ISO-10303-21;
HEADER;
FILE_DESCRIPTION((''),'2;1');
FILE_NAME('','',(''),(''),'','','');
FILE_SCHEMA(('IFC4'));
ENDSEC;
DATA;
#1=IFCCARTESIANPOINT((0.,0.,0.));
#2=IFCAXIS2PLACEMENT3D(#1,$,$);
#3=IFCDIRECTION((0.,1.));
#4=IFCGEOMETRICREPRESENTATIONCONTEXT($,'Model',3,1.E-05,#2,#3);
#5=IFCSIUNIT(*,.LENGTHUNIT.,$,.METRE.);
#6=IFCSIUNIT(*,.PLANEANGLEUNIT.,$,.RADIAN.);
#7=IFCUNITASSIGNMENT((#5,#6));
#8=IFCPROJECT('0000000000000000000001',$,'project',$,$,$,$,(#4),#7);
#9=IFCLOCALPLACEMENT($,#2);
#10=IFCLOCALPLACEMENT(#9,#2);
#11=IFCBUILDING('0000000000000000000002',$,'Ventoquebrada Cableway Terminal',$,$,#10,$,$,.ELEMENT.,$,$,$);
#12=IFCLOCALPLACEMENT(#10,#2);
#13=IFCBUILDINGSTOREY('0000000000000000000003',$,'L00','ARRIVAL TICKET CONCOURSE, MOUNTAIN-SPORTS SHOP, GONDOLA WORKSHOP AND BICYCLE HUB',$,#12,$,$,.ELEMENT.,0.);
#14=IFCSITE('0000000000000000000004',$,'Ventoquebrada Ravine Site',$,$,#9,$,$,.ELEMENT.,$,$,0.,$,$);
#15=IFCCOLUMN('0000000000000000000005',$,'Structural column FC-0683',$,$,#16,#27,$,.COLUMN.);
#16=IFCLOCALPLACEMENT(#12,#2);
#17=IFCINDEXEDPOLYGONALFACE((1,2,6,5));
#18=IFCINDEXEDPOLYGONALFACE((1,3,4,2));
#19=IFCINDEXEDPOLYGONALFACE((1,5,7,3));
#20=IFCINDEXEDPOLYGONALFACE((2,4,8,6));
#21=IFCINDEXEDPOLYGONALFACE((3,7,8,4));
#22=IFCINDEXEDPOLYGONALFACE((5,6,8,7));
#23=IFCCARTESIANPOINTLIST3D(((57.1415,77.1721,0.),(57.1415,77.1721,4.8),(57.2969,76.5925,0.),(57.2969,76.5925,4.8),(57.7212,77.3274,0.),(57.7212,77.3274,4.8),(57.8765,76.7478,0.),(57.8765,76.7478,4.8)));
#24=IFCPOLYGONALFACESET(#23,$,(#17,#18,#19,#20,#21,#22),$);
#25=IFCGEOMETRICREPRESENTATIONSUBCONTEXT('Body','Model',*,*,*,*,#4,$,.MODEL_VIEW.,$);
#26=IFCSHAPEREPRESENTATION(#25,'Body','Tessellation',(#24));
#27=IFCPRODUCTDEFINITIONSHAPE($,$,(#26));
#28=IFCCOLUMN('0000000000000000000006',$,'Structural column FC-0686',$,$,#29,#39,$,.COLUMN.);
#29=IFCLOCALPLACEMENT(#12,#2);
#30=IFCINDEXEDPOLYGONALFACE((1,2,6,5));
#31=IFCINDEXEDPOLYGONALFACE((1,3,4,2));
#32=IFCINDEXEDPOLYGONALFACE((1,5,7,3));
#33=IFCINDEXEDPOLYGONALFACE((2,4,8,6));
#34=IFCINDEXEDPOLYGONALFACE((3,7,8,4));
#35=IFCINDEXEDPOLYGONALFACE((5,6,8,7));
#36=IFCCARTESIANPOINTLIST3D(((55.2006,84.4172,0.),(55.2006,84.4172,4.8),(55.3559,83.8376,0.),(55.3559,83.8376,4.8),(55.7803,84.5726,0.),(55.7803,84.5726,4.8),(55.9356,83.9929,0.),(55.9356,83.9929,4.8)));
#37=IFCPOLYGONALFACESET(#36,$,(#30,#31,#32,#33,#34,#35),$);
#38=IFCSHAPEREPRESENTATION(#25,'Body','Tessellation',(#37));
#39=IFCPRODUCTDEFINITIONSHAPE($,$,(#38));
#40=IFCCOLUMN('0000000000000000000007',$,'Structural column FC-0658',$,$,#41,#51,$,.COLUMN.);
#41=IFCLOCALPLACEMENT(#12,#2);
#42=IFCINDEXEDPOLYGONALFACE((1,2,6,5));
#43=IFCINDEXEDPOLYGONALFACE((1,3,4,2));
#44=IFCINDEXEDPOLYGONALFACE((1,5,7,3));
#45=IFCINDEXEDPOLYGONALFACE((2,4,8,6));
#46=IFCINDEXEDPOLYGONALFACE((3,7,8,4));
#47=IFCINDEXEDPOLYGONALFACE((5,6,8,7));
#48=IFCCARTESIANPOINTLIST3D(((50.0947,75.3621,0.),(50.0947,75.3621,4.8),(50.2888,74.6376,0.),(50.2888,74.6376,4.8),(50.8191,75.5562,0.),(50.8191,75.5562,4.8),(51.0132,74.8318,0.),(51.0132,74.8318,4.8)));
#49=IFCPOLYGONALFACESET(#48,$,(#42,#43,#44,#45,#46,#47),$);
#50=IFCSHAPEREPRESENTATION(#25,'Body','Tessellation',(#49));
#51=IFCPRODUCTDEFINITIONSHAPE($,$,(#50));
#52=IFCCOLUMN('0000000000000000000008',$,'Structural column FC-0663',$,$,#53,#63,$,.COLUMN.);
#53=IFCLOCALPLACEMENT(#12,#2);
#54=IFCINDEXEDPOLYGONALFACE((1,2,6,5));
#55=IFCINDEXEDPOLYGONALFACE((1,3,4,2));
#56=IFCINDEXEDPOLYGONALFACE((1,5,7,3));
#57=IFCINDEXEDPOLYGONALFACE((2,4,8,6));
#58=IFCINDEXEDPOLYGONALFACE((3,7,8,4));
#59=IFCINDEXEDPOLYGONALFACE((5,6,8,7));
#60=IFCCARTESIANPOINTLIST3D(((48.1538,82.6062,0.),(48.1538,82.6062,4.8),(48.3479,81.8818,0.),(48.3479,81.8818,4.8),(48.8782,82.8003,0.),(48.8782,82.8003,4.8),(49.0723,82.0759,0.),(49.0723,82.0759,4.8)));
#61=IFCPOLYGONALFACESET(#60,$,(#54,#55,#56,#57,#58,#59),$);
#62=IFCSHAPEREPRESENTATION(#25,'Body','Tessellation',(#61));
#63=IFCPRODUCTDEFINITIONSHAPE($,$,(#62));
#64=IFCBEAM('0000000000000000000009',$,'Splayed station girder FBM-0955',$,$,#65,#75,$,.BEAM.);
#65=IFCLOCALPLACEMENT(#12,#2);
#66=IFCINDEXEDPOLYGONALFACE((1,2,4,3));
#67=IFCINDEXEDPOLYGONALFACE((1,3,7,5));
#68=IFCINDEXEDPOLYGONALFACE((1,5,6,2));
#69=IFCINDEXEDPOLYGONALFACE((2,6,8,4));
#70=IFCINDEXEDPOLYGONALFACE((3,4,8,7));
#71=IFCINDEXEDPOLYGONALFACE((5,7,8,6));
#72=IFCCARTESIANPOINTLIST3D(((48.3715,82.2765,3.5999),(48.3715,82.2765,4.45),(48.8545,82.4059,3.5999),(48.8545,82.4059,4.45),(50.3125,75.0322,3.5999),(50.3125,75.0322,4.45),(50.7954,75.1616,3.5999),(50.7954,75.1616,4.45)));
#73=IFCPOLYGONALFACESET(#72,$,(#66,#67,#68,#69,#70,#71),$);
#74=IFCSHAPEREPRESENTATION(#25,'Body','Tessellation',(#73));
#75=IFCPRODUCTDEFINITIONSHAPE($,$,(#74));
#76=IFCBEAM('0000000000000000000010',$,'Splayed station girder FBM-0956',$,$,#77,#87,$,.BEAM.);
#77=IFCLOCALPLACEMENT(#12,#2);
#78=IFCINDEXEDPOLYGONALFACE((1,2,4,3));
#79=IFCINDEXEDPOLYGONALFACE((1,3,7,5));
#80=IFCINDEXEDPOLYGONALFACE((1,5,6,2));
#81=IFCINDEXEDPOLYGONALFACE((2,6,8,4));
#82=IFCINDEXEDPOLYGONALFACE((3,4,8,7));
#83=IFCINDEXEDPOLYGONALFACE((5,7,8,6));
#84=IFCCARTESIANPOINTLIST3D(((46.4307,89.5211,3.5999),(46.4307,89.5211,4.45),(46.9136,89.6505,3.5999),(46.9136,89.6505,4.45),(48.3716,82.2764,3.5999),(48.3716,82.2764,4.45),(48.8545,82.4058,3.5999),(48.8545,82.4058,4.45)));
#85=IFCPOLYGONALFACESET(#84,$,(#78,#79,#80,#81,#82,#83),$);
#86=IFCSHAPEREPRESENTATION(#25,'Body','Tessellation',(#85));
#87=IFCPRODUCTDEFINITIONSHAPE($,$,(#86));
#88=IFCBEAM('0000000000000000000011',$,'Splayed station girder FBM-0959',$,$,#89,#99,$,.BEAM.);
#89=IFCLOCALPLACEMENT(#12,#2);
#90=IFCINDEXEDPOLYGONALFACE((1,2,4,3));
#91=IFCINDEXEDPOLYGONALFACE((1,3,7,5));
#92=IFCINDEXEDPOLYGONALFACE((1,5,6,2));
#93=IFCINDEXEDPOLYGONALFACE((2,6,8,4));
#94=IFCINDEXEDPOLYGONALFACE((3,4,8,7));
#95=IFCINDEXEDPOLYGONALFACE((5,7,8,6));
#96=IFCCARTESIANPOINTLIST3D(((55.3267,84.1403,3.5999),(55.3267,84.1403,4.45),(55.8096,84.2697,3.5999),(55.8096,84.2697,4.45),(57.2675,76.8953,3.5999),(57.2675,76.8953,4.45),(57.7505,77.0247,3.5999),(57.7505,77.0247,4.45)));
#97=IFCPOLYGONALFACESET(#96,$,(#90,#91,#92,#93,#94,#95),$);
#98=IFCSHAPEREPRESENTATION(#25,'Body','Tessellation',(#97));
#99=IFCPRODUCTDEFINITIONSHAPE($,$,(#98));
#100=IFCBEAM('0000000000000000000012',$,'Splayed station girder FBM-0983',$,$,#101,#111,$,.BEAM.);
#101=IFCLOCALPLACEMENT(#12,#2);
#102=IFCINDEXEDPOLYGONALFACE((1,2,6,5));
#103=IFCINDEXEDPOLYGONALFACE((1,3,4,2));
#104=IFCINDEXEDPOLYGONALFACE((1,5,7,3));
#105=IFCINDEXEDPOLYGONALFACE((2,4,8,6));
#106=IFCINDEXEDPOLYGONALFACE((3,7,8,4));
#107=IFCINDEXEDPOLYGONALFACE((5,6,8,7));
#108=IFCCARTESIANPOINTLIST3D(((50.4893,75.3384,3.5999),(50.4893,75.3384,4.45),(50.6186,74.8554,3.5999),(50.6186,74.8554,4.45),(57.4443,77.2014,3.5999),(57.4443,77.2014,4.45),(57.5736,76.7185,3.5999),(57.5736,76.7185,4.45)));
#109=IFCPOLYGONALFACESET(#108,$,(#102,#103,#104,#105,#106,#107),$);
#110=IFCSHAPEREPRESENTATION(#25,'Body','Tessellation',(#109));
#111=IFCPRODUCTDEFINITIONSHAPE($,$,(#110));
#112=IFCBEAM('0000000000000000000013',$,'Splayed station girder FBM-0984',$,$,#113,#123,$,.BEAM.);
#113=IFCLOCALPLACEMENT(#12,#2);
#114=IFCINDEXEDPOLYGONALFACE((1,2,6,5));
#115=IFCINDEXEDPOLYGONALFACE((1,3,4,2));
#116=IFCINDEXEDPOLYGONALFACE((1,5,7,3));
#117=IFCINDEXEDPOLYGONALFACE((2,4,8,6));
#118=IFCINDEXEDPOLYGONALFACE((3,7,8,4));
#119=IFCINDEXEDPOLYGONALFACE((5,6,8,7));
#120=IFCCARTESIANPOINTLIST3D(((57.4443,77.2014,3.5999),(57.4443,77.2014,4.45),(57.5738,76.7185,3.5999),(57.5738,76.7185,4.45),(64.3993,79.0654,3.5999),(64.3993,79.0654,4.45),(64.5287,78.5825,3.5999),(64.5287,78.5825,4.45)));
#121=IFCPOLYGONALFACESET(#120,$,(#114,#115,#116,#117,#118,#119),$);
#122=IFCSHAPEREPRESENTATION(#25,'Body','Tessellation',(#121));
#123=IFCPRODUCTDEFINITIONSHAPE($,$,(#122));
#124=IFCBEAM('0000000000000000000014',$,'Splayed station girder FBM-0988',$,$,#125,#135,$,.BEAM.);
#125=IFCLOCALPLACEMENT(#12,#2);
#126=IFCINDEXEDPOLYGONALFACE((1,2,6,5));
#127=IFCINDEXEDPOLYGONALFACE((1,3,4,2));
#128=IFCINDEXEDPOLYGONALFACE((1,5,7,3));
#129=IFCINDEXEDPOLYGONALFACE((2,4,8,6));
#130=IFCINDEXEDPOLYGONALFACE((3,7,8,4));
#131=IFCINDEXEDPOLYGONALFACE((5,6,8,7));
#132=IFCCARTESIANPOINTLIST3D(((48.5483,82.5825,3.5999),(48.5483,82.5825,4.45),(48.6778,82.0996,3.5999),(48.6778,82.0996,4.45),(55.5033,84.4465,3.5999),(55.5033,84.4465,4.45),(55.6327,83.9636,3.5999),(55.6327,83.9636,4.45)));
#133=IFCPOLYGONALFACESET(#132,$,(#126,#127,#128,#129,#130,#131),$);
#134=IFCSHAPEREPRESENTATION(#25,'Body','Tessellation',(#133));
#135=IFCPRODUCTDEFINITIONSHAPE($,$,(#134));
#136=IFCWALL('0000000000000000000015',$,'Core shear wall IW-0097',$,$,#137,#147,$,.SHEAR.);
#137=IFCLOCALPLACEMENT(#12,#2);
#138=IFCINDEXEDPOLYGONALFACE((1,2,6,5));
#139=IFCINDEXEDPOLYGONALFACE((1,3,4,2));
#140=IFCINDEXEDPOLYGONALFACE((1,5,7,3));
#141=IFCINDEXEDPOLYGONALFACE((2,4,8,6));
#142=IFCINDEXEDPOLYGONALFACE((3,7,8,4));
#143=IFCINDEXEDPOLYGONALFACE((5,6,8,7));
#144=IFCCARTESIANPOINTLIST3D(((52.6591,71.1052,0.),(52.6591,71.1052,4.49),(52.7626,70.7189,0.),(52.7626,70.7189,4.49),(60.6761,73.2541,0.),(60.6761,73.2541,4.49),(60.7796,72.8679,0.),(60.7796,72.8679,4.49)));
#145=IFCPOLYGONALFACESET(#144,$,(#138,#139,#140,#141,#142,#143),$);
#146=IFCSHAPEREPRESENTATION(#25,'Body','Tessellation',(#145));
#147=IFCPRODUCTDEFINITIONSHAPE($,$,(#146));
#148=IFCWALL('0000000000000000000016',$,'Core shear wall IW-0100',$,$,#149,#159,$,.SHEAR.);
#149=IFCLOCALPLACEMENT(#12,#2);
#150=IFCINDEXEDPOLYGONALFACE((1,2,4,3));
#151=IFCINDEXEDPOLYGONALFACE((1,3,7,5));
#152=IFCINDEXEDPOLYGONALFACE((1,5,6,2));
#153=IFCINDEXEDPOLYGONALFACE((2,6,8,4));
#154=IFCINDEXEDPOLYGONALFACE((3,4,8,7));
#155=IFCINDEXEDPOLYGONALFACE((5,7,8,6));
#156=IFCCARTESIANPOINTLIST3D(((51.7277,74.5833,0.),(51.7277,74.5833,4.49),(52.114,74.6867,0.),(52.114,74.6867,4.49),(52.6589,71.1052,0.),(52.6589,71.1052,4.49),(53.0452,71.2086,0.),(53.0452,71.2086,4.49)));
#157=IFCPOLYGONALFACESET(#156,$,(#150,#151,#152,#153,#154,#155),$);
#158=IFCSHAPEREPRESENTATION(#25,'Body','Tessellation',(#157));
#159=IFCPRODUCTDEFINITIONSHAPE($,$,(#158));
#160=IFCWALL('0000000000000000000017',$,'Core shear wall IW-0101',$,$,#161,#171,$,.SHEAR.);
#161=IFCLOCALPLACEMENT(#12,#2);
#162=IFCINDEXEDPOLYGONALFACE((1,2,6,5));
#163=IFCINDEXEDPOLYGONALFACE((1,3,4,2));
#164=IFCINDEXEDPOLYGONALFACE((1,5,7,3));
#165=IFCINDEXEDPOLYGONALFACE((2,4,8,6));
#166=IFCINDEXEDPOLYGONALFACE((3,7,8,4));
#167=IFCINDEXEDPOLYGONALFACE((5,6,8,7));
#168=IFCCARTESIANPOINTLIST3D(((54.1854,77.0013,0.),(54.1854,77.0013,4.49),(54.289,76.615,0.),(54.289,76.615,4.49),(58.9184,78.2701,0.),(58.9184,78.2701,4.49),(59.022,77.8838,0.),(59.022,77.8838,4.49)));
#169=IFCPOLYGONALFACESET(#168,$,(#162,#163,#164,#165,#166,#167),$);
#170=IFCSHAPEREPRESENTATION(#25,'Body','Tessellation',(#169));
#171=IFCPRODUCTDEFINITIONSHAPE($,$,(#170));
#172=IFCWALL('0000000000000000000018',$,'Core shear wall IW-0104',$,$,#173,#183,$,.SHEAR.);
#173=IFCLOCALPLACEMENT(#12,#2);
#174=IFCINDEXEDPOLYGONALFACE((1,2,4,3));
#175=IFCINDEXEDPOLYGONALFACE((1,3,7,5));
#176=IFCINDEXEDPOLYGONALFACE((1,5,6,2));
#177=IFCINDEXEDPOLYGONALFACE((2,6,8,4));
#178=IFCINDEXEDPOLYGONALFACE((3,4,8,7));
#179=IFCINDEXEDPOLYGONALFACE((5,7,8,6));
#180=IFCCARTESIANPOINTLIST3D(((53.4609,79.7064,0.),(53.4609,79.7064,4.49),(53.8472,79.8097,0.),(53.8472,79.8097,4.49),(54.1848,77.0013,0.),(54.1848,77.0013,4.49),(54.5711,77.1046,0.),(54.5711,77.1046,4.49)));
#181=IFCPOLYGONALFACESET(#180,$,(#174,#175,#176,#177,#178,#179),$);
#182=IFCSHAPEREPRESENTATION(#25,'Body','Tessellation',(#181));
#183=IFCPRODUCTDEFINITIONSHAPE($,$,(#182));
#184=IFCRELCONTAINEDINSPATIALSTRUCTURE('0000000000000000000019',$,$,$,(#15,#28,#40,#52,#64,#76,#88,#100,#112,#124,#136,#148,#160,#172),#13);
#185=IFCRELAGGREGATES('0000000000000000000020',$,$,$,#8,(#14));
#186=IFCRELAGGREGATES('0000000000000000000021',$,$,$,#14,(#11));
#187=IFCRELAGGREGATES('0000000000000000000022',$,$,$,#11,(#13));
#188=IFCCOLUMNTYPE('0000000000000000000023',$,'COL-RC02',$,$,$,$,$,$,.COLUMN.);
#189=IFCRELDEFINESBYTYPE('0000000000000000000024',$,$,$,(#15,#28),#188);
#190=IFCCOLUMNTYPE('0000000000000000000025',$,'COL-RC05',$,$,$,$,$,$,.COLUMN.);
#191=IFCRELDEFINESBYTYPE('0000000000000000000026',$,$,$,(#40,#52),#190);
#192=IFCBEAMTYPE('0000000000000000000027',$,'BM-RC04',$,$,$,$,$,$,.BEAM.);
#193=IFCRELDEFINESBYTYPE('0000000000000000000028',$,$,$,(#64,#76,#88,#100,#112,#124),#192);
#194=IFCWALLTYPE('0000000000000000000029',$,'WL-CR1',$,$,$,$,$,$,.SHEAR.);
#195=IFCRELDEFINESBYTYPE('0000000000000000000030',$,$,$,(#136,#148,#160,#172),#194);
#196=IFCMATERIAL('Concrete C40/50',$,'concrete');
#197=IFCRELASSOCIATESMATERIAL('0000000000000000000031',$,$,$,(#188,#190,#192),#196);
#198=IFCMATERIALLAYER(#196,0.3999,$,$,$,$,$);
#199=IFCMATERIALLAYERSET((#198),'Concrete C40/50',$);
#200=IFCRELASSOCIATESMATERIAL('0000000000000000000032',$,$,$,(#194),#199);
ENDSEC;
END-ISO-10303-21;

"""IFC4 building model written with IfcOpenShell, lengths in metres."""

from ifc_helpers import new_model, si_unit, direction, frame, frame_2d, origin, origin_2d, place, context, subcontext, project, spatial, rectangle, extrude, material, layer, layer_set, material_profile, profile_set, type_object, element, save


model = new_model("IFC4")

# Units and contexts
model_context = context("Model", 3, precision=1e-05, world=origin(), true_north=direction((0.0, 1.0)))
body_context = subcontext(model_context, "Body", "Model", "MODEL_VIEW")
ifc_project = project(units=[si_unit("LENGTHUNIT", "METRE"), si_unit("PLANEANGLEUNIT", "RADIAN")], contexts=[model_context])

# Site, building, storey
site_placement = place(None, origin())
site = spatial("IfcSite", under=ifc_project, at=site_placement, Name="Ventoquebrada Ravine Site", CompositionType="ELEMENT", RefElevation=0.0)
building_placement = place(site_placement, origin())
building = spatial("IfcBuilding", under=site, at=building_placement, Name="Ventoquebrada Cableway Terminal", CompositionType="ELEMENT")
storey_placement = place(building_placement, origin())
storey = spatial("IfcBuildingStorey", under=building, at=storey_placement, Name="L00", Description="ARRIVAL TICKET CONCOURSE, MOUNTAIN-SPORTS SHOP, GONDOLA WORKSHOP AND BICYCLE HUB", CompositionType="ELEMENT", Elevation=0.0)

# Columns
ifc_material_1 = material(Name="Concrete C40/50", Category="concrete")
ifc_material_profile_1 = material_profile(ifc_material_1, rectangle(XDim=0.6001, YDim=0.6001, at=origin_2d()), Name="RC-COL-600X600")
ifc_profile_set_1 = profile_set([ifc_material_profile_1], Name="Concrete C40/50")
column_type_1 = type_object("IfcColumnType", Name="COL-RC02", PredefinedType="COLUMN", material=ifc_profile_set_1)
for number, where, z_axis, x_axis, name in (
    (1, (57.509, 76.96, 0.0), (0.0, 0.0, 1.0), (0.965926, 0.258819, 0.0), "Structural column FC-0683"),
    (2, (55.5681, 84.2051, 0.0), (0.0, 0.0, 1.0), (0.965926, 0.258819, 0.0), "Structural column FC-0686"),
):
    element("IfcColumn", number, at=place(storey_placement, frame(where, z_axis=z_axis, x_axis=x_axis)), inside=storey, type_object=column_type_1, Name=name, PredefinedType="COLUMN", context=body_context, shape_type="SweptSolid", body=[
        extrude(rectangle(XDim=0.6001, YDim=0.6001, at=origin_2d()), origin(), (0.0, 0.0, 1.0), 4.8),
    ])
ifc_material_profile_2 = material_profile(ifc_material_1, rectangle(XDim=0.75, YDim=0.75, at=origin_2d()), Name="RC-COL-750X750")
ifc_profile_set_2 = profile_set([ifc_material_profile_2], Name="Concrete C40/50")
column_type_2 = type_object("IfcColumnType", Name="COL-RC05", PredefinedType="COLUMN", material=ifc_profile_set_2)
for number, where, z_axis, x_axis, name in (
    (3, (50.554, 75.0969, 0.0), (0.0, 0.0, 1.0), (0.965926, 0.258819, 0.0), "Structural column FC-0658"),
    (4, (48.613, 82.3411, 0.0), (0.0, 0.0, 1.0), (0.965926, 0.258819, 0.0), "Structural column FC-0663"),
):
    element("IfcColumn", number, at=place(storey_placement, frame(where, z_axis=z_axis, x_axis=x_axis)), inside=storey, type_object=column_type_2, Name=name, PredefinedType="COLUMN", context=body_context, shape_type="SweptSolid", body=[
        extrude(rectangle(XDim=0.75, YDim=0.75, at=origin_2d()), origin(), (0.0, 0.0, 1.0), 4.8),
    ])

# Beams
ifc_material_profile_3 = material_profile(ifc_material_1, rectangle(XDim=0.5, YDim=0.8501, at=origin_2d()), Name="RC-BM-500X850")
ifc_profile_set_3 = profile_set([ifc_material_profile_3], Name="Concrete C40/50")
beam_type = type_object("IfcBeamType", Name="BM-RC04", PredefinedType="BEAM", material=ifc_profile_set_3)
beam_1_placement = place(storey_placement, frame((50.554, 75.0969, 4.0249), z_axis=(-0.258801, 0.965931, 0.0), x_axis=(-0.965931, -0.258801, 0.0)))
element("IfcBeam", 5, at=beam_1_placement, inside=storey, type_object=beam_type, Name="Splayed station girder FBM-0955", PredefinedType="BEAM", context=body_context, shape_type="SweptSolid", body=[
    extrude(rectangle(XDim=0.5, YDim=0.8501, at=origin_2d()), origin(), (0.0, 0.0, 1.0), 7.4998),
])
beam_2_placement = place(storey_placement, frame((48.613, 82.3411, 4.0249), z_axis=(-0.258777, 0.965937, 0.0), x_axis=(-0.965937, -0.258777, 0.0)))
element("IfcBeam", 6, at=beam_2_placement, inside=storey, type_object=beam_type, Name="Splayed station girder FBM-0956", PredefinedType="BEAM", context=body_context, shape_type="SweptSolid", body=[
    extrude(rectangle(XDim=0.5, YDim=0.8501, at=origin_2d()), origin(), (0.0, 0.0, 1.0), 7.5002),
])
beam_3_placement = place(storey_placement, frame((57.509, 76.96, 4.0249), z_axis=(-0.258769, 0.965939, 0.0), x_axis=(-0.965939, -0.258769, 0.0)))
element("IfcBeam", 7, at=beam_3_placement, inside=storey, type_object=beam_type, Name="Splayed station girder FBM-0959", PredefinedType="BEAM", context=body_context, shape_type="SweptSolid", body=[
    extrude(rectangle(XDim=0.5, YDim=0.8501, at=origin_2d()), origin(), (0.0, 0.0, 1.0), 7.5005),
])
beam_4_placement = place(storey_placement, frame((50.554, 75.0969, 4.0249), z_axis=(0.965946, 0.258745, 0.0), x_axis=(-0.258745, 0.965946, 0.0)))
element("IfcBeam", 8, at=beam_4_placement, inside=storey, type_object=beam_type, Name="Splayed station girder FBM-0983", PredefinedType="BEAM", context=body_context, shape_type="SweptSolid", body=[
    extrude(rectangle(XDim=0.5, YDim=0.8501, at=origin_2d()), origin(), (0.0, 0.0, 1.0), 7.2002),
])
for number, where, z_axis, x_axis, name in (
    (9, (57.509, 76.96, 4.0249), (0.965912, 0.258872, 0.0), (-0.258872, 0.965912, 0.0), "Splayed station girder FBM-0984"),
    (10, (48.613, 82.3411, 4.0249), (0.965912, 0.258872, 0.0), (-0.258872, 0.965912, 0.0), "Splayed station girder FBM-0988"),
):
    element("IfcBeam", number, at=place(storey_placement, frame(where, z_axis=z_axis, x_axis=x_axis)), inside=storey, type_object=beam_type, Name=name, PredefinedType="BEAM", context=body_context, shape_type="SweptSolid", body=[
        extrude(rectangle(XDim=0.5, YDim=0.8501, at=origin_2d()), origin(), (0.0, 0.0, 1.0), 7.2004),
    ])

# Walls
ifc_layer_1 = layer(ifc_material_1, 0.3999)
ifc_layer_set_1 = layer_set([ifc_layer_1], Name="Concrete C40/50")
wall_type_1 = type_object("IfcWallType", Name="WL-CR1", PredefinedType="SHEAR", material=ifc_layer_set_1)
wall_1_placement = place(storey_placement, frame((52.7109, 70.9121, 0.0), z_axis=(0.0, 0.0, 1.0), x_axis=(0.965903, 0.258904, 0.0)))
element("IfcWall", 11, at=wall_1_placement, inside=storey, type_object=wall_type_1, Name="Core shear wall IW-0097", PredefinedType="SHEAR", context=body_context, shape_type="SweptSolid", body=[
    extrude(rectangle(XDim=8.3, YDim=0.3999, at=frame_2d((4.1499, 0.0))), origin(), (0.0, 0.0, 1.0), 4.49),
])
wall_2_placement = place(storey_placement, frame((51.9209, 74.635, 0.0), z_axis=(0.0, 0.0, 1.0), x_axis=(0.258616, -0.96598, 0.0)))
element("IfcWall", 12, at=wall_2_placement, inside=storey, type_object=wall_type_1, Name="Core shear wall IW-0100", PredefinedType="SHEAR", context=body_context, shape_type="SweptSolid", body=[
    extrude(rectangle(XDim=3.6006, YDim=0.3999, at=frame_2d((1.8003, 0.0))), origin(), (0.0, 0.0, 1.0), 4.49),
])
wall_3_placement = place(storey_placement, frame((54.2371, 76.8081, 0.0), z_axis=(0.0, 0.0, 1.0), x_axis=(0.965894, 0.258937, 0.0)))
element("IfcWall", 13, at=wall_3_placement, inside=storey, type_object=wall_type_1, Name="Core shear wall IW-0101", PredefinedType="SHEAR", context=body_context, shape_type="SweptSolid", body=[
    extrude(rectangle(XDim=4.9001, YDim=0.3999, at=frame_2d((2.4502, 0.0))), origin(), (0.0, 0.0, 1.0), 4.49),
])
wall_4_placement = place(storey_placement, frame((53.6541, 79.7581, 0.0), z_axis=(0.0, 0.0, 1.0), x_axis=(0.258504, -0.96601, 0.0)))
element("IfcWall", 14, at=wall_4_placement, inside=storey, type_object=wall_type_1, Name="Core shear wall IW-0104", PredefinedType="SHEAR", context=body_context, shape_type="SweptSolid", body=[
    extrude(rectangle(XDim=2.8003, YDim=0.3999, at=frame_2d((1.4001, 0.0))), origin(), (0.0, 0.0, 1.0), 4.49),
])

save(model, "model.ifc")
